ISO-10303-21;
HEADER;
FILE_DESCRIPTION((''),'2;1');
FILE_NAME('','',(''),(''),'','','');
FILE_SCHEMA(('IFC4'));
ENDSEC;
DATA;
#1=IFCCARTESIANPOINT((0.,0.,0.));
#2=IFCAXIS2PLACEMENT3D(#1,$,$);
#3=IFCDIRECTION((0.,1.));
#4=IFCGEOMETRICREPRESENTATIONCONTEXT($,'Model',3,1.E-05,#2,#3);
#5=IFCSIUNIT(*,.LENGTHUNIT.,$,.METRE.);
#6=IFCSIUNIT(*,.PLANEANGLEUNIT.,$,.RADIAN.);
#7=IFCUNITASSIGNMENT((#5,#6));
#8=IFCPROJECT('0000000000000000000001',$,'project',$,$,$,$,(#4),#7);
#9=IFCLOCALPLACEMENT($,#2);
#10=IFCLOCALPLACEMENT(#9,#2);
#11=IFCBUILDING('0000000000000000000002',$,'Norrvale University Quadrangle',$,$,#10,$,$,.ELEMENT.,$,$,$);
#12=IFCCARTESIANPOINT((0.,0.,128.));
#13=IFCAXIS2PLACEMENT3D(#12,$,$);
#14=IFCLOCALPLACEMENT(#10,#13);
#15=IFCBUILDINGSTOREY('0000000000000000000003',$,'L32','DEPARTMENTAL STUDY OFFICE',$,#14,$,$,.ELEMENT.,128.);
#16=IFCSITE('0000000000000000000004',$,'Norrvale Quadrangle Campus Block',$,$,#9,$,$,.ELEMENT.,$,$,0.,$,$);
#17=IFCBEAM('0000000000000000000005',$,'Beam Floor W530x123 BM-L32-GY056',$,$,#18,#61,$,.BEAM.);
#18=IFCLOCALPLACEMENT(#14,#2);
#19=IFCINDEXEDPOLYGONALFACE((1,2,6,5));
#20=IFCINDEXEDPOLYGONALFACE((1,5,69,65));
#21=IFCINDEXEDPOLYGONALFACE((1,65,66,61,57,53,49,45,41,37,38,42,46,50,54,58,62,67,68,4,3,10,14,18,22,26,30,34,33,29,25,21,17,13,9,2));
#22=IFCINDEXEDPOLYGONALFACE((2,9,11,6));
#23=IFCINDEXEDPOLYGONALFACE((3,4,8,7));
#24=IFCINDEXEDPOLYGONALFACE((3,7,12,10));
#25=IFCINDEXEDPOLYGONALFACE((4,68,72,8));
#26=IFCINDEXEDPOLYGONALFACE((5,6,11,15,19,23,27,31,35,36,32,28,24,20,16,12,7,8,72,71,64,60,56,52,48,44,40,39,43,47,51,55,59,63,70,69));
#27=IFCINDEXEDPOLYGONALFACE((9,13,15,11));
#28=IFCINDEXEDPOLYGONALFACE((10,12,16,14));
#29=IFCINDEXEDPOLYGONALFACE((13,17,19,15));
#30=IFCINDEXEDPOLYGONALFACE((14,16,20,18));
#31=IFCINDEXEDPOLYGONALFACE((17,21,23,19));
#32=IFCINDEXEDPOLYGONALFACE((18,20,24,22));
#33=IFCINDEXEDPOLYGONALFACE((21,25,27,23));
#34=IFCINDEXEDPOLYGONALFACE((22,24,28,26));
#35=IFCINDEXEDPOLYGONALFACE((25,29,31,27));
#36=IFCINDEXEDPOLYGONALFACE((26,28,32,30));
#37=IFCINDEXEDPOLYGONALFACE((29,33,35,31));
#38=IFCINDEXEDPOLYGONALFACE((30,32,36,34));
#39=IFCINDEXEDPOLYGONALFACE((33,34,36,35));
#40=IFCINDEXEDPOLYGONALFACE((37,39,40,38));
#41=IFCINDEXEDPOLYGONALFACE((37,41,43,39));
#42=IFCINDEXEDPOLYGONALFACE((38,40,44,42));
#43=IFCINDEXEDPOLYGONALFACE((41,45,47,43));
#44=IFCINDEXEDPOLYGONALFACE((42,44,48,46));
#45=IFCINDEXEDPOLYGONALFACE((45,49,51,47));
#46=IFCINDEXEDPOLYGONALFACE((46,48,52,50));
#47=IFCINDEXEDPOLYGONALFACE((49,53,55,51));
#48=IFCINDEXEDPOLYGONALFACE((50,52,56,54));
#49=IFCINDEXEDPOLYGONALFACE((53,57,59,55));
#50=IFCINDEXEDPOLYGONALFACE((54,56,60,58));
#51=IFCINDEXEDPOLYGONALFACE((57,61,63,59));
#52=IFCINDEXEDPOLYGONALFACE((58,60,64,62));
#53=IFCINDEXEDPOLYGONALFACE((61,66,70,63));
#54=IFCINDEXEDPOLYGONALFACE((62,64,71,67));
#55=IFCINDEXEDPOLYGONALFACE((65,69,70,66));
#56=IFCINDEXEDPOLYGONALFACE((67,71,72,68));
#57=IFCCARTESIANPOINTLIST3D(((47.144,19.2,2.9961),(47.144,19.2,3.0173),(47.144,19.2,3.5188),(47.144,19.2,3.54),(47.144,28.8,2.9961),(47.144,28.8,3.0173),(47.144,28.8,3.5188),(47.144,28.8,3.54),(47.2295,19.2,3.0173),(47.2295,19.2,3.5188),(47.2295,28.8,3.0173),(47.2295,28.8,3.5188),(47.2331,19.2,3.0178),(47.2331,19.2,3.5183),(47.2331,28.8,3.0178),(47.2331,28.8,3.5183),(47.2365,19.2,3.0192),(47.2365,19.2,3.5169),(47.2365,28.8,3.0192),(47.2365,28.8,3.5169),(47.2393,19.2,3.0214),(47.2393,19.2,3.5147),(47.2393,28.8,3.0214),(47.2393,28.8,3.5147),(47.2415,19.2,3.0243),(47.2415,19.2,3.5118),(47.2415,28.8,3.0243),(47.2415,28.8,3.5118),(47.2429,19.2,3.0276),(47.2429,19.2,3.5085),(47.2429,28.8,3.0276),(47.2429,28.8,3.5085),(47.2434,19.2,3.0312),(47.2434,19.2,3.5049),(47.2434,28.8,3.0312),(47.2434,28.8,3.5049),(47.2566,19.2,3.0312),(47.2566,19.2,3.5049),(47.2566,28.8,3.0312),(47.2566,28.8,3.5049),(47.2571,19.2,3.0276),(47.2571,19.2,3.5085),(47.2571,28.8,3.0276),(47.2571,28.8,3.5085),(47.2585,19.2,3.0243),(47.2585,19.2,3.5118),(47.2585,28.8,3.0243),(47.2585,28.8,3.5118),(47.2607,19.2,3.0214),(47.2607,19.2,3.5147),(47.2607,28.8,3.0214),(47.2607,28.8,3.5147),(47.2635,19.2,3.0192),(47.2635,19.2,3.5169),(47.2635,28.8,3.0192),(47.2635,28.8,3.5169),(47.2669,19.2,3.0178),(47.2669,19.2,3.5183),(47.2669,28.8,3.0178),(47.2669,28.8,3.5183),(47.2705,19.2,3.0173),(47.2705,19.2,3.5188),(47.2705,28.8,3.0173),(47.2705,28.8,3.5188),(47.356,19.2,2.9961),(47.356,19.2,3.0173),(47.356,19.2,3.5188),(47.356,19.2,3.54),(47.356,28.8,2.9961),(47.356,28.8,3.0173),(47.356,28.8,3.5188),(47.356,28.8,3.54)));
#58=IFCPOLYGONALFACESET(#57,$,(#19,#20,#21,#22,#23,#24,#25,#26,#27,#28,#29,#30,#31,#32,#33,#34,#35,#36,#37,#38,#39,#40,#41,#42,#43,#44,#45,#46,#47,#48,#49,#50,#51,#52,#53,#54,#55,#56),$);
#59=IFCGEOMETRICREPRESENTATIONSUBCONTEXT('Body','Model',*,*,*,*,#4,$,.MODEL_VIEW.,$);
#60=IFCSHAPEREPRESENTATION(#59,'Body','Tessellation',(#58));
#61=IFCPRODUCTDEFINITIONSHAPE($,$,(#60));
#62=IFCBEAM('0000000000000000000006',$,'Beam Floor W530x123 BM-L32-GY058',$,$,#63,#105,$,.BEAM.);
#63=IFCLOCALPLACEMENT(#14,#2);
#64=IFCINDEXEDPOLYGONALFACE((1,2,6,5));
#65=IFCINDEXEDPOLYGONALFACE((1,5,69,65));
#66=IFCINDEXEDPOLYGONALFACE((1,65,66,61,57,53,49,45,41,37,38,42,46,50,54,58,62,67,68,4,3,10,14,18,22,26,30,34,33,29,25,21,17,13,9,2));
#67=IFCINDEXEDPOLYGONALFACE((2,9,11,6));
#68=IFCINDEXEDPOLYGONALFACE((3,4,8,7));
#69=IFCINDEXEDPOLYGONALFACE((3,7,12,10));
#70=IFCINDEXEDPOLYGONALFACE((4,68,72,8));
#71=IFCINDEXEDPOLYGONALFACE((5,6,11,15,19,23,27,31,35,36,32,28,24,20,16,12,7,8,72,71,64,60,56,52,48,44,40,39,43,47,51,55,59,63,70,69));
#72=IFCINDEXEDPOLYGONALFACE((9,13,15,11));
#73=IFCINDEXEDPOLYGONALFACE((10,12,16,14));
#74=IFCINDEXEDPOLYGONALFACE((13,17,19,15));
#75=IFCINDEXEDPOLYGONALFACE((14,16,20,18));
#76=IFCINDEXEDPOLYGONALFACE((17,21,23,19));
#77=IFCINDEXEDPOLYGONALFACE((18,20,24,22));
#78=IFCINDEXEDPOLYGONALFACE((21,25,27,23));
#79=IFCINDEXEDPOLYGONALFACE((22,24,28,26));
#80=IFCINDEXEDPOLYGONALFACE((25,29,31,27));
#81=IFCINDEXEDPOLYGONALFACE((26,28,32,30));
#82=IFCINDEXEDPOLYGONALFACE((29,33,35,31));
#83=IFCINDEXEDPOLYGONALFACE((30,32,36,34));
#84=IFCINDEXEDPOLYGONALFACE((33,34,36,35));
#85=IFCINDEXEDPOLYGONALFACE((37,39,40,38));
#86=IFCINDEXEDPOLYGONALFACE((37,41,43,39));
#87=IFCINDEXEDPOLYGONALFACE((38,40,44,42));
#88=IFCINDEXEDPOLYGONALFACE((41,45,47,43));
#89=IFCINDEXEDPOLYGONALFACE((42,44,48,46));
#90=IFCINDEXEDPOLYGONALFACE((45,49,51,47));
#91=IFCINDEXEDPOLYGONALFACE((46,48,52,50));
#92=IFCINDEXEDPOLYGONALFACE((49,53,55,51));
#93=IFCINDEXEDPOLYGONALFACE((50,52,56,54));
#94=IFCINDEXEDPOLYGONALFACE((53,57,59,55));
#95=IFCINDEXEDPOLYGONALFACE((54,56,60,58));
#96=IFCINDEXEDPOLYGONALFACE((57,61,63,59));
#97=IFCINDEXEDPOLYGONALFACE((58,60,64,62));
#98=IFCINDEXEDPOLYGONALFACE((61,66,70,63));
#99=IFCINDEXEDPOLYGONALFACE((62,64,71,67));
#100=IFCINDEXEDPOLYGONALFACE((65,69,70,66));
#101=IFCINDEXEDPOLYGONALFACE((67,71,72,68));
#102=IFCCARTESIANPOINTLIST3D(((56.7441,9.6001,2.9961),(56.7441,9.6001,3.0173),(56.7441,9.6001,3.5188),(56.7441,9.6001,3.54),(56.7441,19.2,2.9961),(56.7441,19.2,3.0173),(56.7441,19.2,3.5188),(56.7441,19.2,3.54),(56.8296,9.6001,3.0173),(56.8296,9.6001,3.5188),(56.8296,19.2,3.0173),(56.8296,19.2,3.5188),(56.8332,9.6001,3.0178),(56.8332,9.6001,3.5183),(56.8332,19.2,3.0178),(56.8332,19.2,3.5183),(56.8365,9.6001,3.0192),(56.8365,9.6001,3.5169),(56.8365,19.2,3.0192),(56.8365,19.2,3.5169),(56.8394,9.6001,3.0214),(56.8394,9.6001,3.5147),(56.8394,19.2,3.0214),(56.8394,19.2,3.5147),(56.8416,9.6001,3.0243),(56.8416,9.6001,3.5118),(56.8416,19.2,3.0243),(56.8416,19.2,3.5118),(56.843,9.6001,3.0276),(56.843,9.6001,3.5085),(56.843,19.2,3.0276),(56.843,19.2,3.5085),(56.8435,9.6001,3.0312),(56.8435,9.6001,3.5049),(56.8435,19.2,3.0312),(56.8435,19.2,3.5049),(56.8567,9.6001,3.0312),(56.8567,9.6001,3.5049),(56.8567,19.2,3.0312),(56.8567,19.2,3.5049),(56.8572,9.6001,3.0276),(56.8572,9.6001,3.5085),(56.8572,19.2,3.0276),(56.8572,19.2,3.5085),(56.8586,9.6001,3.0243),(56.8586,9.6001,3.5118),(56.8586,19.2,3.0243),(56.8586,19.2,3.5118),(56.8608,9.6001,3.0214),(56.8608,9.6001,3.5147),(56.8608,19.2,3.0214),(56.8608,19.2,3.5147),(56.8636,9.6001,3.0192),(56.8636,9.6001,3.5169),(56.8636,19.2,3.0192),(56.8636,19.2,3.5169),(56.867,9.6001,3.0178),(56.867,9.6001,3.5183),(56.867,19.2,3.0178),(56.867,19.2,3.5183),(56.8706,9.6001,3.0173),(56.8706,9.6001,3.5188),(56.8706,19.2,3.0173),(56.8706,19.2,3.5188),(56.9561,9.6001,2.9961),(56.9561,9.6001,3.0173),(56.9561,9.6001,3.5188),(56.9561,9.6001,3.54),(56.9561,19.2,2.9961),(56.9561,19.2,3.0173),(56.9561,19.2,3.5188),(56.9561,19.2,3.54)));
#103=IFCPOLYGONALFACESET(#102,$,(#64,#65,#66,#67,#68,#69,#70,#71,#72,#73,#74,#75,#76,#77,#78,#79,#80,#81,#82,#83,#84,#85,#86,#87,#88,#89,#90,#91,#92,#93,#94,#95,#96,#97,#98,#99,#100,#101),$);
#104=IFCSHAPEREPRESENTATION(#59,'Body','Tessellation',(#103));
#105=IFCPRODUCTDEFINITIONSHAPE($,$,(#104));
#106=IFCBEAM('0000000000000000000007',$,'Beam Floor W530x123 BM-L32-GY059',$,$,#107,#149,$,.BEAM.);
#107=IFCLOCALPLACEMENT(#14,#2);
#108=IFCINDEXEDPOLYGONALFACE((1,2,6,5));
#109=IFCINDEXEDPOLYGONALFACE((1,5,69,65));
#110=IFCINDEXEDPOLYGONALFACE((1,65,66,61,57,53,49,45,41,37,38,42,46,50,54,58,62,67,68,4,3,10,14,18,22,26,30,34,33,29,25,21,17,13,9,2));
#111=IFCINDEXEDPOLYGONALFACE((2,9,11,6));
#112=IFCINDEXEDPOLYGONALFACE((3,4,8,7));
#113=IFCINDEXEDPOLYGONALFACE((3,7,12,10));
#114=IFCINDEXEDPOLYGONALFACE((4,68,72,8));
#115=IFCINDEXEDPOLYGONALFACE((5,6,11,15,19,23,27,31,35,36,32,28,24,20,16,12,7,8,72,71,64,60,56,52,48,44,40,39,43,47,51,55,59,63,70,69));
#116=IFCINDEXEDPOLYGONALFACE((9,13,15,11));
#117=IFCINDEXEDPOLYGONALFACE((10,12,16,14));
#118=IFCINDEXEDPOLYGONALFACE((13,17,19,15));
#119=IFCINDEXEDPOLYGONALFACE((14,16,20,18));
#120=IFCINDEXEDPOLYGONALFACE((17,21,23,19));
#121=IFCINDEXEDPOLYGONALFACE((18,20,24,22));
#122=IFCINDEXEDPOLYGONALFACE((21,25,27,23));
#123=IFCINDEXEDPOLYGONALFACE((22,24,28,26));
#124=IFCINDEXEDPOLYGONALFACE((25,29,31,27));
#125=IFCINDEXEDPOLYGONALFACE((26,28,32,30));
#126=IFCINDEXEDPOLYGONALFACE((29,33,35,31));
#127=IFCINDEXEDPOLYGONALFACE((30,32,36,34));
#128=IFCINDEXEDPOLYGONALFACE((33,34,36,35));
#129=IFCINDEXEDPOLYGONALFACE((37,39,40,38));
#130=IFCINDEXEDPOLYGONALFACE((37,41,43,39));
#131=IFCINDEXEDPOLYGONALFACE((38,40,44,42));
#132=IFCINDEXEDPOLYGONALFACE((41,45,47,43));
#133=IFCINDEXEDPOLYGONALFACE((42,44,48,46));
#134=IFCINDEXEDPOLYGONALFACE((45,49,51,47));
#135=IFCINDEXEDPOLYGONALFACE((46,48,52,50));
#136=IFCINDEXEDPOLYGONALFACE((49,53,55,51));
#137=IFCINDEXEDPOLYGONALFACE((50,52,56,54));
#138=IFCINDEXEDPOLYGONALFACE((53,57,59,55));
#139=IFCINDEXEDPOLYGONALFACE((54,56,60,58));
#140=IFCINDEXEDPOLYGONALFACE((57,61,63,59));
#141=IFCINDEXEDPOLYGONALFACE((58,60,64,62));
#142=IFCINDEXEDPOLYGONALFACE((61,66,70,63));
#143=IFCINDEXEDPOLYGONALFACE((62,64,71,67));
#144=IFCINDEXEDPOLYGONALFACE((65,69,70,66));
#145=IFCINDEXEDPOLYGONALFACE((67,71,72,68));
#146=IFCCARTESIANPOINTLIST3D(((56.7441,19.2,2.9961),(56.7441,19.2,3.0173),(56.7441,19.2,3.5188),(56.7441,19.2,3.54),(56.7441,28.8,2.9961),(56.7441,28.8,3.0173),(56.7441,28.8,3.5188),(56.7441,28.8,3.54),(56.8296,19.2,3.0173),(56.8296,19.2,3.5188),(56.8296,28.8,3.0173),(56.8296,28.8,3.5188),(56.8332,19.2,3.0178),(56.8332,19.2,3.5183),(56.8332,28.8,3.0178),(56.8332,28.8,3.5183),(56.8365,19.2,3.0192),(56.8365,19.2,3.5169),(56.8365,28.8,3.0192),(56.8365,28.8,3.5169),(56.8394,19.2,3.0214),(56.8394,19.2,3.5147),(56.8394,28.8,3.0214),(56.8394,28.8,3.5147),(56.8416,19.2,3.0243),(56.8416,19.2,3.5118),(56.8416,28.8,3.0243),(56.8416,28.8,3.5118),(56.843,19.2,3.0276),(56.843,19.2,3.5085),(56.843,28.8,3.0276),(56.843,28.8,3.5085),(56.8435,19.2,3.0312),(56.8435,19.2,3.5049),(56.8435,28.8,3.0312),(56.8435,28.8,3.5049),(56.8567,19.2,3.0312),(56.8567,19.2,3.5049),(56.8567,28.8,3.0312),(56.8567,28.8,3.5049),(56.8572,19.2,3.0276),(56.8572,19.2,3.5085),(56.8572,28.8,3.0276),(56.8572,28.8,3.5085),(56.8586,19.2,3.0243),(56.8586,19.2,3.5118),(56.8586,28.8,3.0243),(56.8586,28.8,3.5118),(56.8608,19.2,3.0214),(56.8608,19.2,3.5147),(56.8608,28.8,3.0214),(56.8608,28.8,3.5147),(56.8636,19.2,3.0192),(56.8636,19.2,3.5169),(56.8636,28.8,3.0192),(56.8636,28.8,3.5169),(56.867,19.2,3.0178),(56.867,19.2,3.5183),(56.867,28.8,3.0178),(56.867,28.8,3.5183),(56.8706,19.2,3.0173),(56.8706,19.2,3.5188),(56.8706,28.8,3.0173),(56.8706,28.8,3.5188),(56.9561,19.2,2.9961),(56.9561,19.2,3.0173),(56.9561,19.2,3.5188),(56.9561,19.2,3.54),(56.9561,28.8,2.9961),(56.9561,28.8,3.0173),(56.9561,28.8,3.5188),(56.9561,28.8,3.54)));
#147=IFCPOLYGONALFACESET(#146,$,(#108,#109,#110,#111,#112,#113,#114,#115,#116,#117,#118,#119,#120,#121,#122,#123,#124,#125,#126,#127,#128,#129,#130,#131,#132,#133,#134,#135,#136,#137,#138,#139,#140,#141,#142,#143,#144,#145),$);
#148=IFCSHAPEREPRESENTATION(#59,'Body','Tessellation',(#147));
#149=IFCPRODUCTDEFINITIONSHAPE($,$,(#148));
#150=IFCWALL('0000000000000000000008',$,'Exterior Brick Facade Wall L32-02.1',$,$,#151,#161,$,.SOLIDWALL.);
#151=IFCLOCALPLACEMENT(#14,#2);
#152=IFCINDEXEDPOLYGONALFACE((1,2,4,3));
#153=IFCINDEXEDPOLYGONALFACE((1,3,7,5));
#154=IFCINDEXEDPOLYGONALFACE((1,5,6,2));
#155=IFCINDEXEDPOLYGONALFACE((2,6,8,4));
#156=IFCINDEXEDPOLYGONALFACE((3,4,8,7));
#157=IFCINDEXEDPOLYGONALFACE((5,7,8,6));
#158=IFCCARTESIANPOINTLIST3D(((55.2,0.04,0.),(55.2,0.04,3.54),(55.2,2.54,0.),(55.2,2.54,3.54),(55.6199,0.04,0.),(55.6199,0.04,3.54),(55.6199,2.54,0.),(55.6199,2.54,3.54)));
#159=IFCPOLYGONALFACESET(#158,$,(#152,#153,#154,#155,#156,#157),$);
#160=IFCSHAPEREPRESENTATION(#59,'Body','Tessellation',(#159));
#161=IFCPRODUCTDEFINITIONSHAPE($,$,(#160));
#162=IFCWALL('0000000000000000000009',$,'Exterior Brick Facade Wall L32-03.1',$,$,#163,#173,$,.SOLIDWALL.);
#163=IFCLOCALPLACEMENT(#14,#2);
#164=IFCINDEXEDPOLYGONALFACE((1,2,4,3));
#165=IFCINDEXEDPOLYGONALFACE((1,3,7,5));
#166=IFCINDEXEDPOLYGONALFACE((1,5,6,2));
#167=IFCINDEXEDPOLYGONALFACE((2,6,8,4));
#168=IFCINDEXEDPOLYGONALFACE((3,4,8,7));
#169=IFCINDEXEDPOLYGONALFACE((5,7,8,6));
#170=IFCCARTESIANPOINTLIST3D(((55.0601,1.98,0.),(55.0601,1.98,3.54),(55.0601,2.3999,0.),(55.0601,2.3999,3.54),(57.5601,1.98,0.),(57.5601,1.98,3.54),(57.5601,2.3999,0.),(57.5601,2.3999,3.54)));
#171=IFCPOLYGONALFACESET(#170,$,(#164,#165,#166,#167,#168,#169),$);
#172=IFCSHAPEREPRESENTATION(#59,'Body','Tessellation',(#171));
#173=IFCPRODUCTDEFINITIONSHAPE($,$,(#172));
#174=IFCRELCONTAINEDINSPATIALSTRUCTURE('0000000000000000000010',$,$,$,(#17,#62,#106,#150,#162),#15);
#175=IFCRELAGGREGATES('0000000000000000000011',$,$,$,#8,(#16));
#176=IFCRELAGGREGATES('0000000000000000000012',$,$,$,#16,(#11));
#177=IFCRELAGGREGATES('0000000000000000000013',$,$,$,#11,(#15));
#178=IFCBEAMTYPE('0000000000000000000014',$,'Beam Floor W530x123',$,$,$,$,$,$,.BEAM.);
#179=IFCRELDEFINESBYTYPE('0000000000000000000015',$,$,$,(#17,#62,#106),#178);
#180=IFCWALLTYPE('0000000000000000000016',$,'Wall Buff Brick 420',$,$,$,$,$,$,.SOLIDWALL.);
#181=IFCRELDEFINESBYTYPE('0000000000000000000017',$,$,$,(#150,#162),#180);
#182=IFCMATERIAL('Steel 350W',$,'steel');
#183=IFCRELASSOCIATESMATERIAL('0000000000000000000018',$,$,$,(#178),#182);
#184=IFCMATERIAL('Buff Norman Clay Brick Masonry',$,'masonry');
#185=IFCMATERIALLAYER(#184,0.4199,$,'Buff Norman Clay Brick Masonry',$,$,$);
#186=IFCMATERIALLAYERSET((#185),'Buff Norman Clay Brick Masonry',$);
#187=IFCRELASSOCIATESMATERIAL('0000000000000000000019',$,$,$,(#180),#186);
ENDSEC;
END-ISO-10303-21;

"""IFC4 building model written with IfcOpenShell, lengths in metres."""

from ifc_helpers import new_model, si_unit, direction, frame, frame_2d, origin, origin_2d, place, context, subcontext, project, spatial, rectangle, i_section, extrude, material, layer, layer_set, material_profile, profile_set, type_object, element, save


model = new_model("IFC4")

# Units and contexts
model_context = context("Model", 3, precision=1e-05, world=origin(), true_north=direction((0.0, 1.0)))
body_context = subcontext(model_context, "Body", "Model", "MODEL_VIEW")
ifc_project = project(units=[si_unit("LENGTHUNIT", "METRE"), si_unit("PLANEANGLEUNIT", "RADIAN")], contexts=[model_context])

# Site, building, storey
site_placement = place(None, origin())
site = spatial("IfcSite", under=ifc_project, at=site_placement, Name="Norrvale Quadrangle Campus Block", CompositionType="ELEMENT", RefElevation=0.0)
building_placement = place(site_placement, origin())
building = spatial("IfcBuilding", under=site, at=building_placement, Name="Norrvale University Quadrangle", CompositionType="ELEMENT")
storey_placement = place(building_placement, frame((0.0, 0.0, 128.0)))
storey = spatial("IfcBuildingStorey", under=building, at=storey_placement, Name="L32", Description="DEPARTMENTAL STUDY OFFICE", CompositionType="ELEMENT", Elevation=128.0)

# Beams
ifc_material_1 = material(Name="Steel 350W", Category="steel")
ifc_material_profile_1 = material_profile(ifc_material_1, i_section(OverallWidth=0.2119, OverallDepth=0.5439, WebThickness=0.0132, FlangeThickness=0.0212, FilletRadius=0.0139, at=origin_2d()), Name="Steel 350W")
ifc_profile_set_1 = profile_set([ifc_material_profile_1], Name="Steel 350W")
beam_type_1 = type_object("IfcBeamType", Name="Beam Floor W530x123", PredefinedType="BEAM", material=ifc_profile_set_1)
beam_1_placement = place(storey_placement, frame((47.25, 19.2, 3.2681), z_axis=(0.0, 1.0, 0.0), x_axis=(-1.0, 0.0, 0.0)))
element("IfcBeam", 1, at=beam_1_placement, inside=storey, type_object=beam_type_1, Name="Beam Floor W530x123 BM-L32-GY056", PredefinedType="BEAM", context=body_context, shape_type="SweptSolid", body=[
    extrude(i_section(OverallWidth=0.2119, OverallDepth=0.5439, WebThickness=0.0132, FlangeThickness=0.0212, FilletRadius=0.0139, at=origin_2d()), origin(), (0.0, 0.0, 1.0), 9.6001),
])
beam_2_placement = place(storey_placement, frame((56.8501, 9.6001, 3.2681), z_axis=(0.0, 1.0, 0.0), x_axis=(-1.0, 0.0, 0.0)))
element("IfcBeam", 2, at=beam_2_placement, inside=storey, type_object=beam_type_1, Name="Beam Floor W530x123 BM-L32-GY058", PredefinedType="BEAM", context=body_context, shape_type="SweptSolid", body=[
    extrude(i_section(OverallWidth=0.2119, OverallDepth=0.5439, WebThickness=0.0132, FlangeThickness=0.0212, FilletRadius=0.0139, at=origin_2d()), origin(), (0.0, 0.0, 1.0), 9.5999),
])
beam_3_placement = place(storey_placement, frame((56.8501, 19.2, 3.2681), z_axis=(0.0, 1.0, 0.0), x_axis=(-1.0, 0.0, 0.0)))
element("IfcBeam", 3, at=beam_3_placement, inside=storey, type_object=beam_type_1, Name="Beam Floor W530x123 BM-L32-GY059", PredefinedType="BEAM", context=body_context, shape_type="SweptSolid", body=[
    extrude(i_section(OverallWidth=0.2119, OverallDepth=0.5439, WebThickness=0.0132, FlangeThickness=0.0212, FilletRadius=0.0139, at=origin_2d()), origin(), (0.0, 0.0, 1.0), 9.6001),
])

# Walls
ifc_material_2 = material(Name="Buff Norman Clay Brick Masonry", Category="masonry")
ifc_layer_1 = layer(ifc_material_2, 0.4199, Name="Buff Norman Clay Brick Masonry")
ifc_layer_set_1 = layer_set([ifc_layer_1], Name="Buff Norman Clay Brick Masonry")
wall_type_1 = type_object("IfcWallType", Name="Wall Buff Brick 420", PredefinedType="SOLIDWALL", material=ifc_layer_set_1)
for number, where, z_axis, x_axis, name in (
    (4, (55.4099, 0.04, 0.0), (0.0, 0.0, 1.0), (0.0, 1.0, 0.0), "Exterior Brick Facade Wall L32-02.1"),
    (5, (55.0601, 2.1899, 0.0), (0.0, 0.0, 1.0), (1.0, 0.0, 0.0), "Exterior Brick Facade Wall L32-03.1"),
):
    element("IfcWall", number, at=place(storey_placement, frame(where, z_axis=z_axis, x_axis=x_axis)), inside=storey, type_object=wall_type_1, Name=name, PredefinedType="SOLIDWALL", context=body_context, shape_type="SweptSolid", body=[
        extrude(rectangle(XDim=2.5, YDim=0.4199, at=frame_2d((1.25, 0.0))), origin(), (0.0, 0.0, 1.0), 3.54),
    ])

save(model, "model.ifc")
